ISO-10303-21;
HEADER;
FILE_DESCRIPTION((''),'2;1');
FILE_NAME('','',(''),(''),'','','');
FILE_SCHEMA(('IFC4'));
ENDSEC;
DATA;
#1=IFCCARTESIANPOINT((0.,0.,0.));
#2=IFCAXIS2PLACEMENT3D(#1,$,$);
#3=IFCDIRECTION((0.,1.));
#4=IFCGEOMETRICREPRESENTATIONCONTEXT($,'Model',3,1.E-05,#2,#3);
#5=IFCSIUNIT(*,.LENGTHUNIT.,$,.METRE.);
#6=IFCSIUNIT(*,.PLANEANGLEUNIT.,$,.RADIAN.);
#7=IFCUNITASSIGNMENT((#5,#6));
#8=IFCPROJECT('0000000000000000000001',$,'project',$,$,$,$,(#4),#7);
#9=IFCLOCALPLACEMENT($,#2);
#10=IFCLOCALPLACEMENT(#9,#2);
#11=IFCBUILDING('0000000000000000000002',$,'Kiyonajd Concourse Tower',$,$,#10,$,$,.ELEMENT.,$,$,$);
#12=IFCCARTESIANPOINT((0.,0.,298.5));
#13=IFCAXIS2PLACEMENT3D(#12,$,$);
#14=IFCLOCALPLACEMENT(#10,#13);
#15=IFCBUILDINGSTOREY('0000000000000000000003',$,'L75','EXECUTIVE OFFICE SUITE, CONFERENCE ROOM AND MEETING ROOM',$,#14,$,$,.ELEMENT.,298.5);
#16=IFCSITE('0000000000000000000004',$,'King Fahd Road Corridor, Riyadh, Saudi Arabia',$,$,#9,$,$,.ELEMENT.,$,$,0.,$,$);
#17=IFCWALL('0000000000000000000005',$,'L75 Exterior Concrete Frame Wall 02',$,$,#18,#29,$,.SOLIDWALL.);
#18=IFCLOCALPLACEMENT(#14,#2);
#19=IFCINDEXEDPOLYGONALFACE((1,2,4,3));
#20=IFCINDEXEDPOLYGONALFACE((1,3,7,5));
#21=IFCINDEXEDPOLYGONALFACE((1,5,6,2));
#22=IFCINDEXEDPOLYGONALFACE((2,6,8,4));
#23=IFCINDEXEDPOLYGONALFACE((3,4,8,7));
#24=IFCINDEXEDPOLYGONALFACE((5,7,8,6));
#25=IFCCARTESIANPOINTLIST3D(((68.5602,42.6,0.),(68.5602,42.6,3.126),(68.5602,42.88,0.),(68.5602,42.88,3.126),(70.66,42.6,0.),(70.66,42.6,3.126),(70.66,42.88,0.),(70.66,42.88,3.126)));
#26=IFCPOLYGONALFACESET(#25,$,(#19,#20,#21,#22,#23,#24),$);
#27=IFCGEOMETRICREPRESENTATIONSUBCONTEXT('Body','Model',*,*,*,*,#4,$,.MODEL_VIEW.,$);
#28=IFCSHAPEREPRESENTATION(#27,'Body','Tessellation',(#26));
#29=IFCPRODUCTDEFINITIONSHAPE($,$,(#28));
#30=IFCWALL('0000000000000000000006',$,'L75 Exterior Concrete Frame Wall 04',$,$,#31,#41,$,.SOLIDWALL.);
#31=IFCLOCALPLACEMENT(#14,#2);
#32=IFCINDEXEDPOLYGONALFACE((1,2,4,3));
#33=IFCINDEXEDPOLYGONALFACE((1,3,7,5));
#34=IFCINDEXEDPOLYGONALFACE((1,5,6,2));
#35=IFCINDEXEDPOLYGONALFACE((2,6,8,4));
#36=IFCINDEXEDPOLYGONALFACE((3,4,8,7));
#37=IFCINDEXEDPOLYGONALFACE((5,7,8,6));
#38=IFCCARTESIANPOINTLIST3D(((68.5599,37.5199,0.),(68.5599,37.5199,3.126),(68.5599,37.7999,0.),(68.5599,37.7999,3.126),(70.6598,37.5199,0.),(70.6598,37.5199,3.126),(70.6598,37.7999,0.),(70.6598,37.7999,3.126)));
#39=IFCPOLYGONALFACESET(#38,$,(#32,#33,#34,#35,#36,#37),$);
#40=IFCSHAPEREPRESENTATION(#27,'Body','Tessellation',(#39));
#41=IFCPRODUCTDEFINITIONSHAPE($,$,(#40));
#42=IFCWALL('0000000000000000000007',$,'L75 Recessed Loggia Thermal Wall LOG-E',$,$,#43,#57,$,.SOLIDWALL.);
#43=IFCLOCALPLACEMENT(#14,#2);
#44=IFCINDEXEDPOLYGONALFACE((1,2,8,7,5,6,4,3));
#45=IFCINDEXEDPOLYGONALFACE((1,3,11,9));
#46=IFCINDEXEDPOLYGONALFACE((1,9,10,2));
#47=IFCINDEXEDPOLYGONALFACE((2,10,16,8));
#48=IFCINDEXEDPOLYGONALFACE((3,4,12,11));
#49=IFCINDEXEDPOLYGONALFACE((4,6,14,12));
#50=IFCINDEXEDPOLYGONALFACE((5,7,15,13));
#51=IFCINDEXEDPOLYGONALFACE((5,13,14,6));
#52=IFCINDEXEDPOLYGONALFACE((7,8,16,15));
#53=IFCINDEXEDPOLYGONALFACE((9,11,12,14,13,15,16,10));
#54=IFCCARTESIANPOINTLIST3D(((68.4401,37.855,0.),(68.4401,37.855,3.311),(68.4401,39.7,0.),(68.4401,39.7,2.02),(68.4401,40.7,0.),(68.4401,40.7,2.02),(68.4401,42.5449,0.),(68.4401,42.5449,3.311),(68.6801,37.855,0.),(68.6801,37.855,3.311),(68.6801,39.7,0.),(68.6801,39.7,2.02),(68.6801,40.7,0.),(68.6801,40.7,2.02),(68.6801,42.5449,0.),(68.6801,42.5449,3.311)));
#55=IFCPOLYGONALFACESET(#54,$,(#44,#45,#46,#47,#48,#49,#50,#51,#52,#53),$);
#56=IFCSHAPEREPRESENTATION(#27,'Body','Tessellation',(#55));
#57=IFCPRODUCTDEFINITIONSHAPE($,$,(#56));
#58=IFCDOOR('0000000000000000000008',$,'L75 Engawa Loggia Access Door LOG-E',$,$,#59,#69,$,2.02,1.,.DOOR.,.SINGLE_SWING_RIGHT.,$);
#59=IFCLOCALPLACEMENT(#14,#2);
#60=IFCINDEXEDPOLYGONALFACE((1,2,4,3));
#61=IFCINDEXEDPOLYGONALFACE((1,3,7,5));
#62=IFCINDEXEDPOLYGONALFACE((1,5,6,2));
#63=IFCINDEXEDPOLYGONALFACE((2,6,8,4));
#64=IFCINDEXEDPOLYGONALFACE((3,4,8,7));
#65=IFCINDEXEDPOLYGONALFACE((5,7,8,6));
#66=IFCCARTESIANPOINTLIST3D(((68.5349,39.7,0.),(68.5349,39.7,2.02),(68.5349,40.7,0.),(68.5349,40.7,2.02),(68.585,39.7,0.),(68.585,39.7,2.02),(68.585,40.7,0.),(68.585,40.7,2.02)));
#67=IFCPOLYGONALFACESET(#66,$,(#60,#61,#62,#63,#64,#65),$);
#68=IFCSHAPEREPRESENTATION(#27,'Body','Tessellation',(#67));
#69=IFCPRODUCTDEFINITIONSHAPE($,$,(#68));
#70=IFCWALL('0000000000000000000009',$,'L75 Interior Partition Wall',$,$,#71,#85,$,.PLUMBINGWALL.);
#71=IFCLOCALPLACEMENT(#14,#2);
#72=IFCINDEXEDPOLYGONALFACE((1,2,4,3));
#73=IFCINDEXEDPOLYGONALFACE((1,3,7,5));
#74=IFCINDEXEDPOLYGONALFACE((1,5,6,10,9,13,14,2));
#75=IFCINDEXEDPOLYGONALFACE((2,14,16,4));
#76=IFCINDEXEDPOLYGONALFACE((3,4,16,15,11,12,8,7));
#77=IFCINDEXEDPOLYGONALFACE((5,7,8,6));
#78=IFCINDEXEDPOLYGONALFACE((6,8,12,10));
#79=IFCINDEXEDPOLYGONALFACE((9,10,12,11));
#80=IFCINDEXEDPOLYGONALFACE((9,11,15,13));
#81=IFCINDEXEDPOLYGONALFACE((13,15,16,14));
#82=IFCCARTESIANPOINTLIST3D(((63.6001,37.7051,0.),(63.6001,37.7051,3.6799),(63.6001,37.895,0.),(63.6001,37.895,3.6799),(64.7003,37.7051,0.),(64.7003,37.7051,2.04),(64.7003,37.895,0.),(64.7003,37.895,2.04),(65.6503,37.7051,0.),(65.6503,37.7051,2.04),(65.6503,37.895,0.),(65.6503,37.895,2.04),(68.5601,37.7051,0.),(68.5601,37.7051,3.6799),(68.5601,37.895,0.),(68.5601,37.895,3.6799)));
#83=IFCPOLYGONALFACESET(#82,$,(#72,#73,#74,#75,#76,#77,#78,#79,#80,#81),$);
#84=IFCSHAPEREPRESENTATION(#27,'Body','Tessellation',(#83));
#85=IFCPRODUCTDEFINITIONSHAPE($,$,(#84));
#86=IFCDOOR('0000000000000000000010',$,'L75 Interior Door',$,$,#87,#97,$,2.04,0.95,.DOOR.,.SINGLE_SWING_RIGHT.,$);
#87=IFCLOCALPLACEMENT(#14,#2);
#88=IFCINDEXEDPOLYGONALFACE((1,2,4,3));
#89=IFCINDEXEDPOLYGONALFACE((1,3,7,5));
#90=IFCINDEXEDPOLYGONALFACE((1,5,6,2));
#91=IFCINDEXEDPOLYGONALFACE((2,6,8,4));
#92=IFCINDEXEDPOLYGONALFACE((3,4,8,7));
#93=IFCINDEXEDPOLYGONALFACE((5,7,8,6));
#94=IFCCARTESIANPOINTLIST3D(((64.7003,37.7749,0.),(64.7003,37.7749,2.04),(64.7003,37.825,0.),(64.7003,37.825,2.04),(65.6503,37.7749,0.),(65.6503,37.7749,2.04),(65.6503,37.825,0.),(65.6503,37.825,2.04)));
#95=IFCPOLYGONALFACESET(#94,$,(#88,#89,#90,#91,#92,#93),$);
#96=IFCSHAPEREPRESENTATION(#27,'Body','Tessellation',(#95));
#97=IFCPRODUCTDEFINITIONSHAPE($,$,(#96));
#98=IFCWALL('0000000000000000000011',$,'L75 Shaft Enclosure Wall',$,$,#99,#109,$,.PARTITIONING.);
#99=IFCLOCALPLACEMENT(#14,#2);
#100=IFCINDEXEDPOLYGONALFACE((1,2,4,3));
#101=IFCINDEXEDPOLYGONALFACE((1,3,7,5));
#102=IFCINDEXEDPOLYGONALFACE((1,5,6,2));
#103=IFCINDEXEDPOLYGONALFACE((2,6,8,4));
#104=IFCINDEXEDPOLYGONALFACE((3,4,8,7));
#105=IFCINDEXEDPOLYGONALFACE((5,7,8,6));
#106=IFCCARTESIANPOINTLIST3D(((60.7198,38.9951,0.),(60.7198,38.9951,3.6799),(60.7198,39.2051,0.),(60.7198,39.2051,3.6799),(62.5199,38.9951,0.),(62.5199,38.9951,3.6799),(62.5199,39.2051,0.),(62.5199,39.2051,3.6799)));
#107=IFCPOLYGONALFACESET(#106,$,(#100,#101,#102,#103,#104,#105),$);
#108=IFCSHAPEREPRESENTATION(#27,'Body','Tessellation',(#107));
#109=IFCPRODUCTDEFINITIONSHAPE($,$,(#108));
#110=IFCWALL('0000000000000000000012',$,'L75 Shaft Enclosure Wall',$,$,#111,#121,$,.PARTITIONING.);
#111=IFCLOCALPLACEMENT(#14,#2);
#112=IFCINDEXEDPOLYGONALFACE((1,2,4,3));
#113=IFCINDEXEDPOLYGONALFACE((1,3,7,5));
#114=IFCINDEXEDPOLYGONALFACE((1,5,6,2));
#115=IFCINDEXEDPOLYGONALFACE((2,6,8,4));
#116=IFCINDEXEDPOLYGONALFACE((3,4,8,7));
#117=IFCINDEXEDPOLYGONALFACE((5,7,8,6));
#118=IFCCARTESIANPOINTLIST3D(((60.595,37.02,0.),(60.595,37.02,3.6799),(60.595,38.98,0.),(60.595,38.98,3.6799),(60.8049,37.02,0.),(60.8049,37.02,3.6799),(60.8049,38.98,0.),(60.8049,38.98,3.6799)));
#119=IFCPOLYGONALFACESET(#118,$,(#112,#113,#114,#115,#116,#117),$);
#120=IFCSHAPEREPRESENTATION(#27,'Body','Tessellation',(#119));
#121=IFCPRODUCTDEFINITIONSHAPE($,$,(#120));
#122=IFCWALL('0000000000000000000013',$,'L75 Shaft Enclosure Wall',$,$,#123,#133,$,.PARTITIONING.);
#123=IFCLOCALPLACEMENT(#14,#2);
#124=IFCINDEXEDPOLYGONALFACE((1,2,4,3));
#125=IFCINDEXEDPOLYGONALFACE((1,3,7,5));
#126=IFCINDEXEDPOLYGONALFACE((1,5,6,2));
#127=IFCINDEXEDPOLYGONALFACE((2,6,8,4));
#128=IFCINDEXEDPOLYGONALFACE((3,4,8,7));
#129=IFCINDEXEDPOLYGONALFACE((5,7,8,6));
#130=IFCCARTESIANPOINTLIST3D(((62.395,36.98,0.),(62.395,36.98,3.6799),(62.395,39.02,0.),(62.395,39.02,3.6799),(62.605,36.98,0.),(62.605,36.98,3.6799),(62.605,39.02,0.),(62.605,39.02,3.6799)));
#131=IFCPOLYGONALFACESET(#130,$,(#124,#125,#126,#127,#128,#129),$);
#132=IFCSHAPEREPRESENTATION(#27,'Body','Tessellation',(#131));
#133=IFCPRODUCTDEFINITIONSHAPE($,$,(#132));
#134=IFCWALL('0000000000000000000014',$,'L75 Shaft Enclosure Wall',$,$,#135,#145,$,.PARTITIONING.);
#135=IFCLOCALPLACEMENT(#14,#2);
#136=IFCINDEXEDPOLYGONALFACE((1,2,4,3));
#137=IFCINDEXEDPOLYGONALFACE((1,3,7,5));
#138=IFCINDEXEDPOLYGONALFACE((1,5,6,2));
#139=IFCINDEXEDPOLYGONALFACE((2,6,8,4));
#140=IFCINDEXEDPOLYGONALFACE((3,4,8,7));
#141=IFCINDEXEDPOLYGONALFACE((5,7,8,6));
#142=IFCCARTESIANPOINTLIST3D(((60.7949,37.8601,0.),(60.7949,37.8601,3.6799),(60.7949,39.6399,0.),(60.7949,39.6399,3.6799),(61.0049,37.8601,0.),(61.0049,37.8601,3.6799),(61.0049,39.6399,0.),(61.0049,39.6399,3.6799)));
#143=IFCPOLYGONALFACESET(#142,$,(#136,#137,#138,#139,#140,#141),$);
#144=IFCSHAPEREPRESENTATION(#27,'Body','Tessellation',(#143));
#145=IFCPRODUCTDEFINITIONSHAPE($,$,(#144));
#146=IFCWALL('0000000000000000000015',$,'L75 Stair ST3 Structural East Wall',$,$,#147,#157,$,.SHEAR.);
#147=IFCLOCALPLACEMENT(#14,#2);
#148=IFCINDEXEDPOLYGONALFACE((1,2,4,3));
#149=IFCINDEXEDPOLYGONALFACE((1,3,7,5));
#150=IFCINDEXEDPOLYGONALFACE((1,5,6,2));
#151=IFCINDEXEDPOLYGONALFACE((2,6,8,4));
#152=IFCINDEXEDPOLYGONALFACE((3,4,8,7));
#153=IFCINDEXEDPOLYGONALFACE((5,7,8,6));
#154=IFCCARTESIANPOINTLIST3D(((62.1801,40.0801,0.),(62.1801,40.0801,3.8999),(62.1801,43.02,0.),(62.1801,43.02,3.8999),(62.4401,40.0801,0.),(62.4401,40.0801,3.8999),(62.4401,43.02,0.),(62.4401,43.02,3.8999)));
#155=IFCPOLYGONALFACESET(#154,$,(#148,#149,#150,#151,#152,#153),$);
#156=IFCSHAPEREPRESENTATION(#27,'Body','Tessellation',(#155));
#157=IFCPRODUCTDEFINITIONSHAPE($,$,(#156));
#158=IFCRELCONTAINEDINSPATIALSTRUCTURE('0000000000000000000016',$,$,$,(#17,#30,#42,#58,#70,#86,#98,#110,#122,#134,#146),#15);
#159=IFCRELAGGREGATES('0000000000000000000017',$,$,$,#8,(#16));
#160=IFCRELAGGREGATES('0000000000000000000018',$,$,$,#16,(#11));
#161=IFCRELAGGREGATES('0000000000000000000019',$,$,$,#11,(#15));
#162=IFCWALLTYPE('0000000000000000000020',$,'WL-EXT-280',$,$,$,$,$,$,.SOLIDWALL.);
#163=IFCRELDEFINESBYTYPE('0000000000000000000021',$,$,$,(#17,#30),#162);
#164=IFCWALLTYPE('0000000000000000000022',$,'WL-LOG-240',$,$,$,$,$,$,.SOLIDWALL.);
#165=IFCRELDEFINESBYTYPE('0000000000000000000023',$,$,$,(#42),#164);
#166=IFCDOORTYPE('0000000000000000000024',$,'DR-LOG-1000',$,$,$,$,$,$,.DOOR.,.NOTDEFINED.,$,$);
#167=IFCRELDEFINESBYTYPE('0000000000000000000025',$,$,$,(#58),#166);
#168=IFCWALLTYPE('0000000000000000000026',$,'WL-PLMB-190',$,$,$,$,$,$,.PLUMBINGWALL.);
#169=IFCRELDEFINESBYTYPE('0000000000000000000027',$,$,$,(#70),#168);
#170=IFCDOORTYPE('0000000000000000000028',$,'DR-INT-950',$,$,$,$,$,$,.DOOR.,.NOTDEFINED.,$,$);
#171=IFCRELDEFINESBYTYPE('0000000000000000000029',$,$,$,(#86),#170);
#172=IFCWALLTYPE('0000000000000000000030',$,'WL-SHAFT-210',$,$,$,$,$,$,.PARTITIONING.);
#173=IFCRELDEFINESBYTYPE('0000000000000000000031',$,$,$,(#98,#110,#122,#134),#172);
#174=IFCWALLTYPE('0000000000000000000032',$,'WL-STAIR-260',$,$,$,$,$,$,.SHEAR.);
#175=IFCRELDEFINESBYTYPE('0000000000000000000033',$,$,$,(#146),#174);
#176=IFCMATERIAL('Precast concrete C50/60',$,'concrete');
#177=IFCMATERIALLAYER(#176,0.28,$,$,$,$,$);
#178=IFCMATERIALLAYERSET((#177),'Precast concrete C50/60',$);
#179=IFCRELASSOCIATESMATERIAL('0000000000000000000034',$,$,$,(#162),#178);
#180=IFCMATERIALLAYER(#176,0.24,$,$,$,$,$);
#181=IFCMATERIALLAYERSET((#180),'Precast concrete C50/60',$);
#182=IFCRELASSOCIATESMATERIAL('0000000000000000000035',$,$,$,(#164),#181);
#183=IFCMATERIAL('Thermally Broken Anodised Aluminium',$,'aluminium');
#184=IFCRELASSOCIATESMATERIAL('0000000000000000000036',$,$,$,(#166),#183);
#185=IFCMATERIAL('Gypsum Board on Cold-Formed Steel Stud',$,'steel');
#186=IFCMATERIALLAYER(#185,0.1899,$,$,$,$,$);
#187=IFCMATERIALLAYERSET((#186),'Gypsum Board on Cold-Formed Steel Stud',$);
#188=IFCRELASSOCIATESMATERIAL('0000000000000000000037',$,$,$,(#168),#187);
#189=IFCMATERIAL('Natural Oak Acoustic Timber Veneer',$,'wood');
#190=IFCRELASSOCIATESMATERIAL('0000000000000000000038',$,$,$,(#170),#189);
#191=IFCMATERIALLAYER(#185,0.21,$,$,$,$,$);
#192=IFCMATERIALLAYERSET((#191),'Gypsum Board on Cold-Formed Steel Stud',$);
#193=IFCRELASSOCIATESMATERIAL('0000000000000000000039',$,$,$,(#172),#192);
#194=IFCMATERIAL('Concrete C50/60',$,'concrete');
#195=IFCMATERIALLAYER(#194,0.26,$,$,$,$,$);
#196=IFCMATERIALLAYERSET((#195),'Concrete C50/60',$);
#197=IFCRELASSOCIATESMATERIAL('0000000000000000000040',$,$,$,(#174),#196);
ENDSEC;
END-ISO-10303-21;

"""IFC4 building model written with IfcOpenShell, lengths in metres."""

from ifc_helpers import new_model, si_unit, direction, frame, frame_2d, origin, place, context, subcontext, project, spatial, rectangle, extrude, material, layer, layer_set, type_object, element, fill, save


model = new_model("IFC4")

# Units and contexts
model_context = context("Model", 3, precision=1e-05, world=origin(), true_north=direction((0.0, 1.0)))
body_context = subcontext(model_context, "Body", "Model", "MODEL_VIEW")
ifc_project = project(units=[si_unit("LENGTHUNIT", "METRE"), si_unit("PLANEANGLEUNIT", "RADIAN")], contexts=[model_context])

# Site, building, storey
site_placement = place(None, origin())
site = spatial("IfcSite", under=ifc_project, at=site_placement, Name="King Fahd Road Corridor, Riyadh, Saudi Arabia", CompositionType="ELEMENT", RefElevation=0.0)
building_placement = place(site_placement, origin())
building = spatial("IfcBuilding", under=site, at=building_placement, Name="Kiyonajd Concourse Tower", CompositionType="ELEMENT")
storey_placement = place(building_placement, frame((0.0, 0.0, 298.5)))
storey = spatial("IfcBuildingStorey", under=building, at=storey_placement, Name="L75", Description="EXECUTIVE OFFICE SUITE, CONFERENCE ROOM AND MEETING ROOM", CompositionType="ELEMENT", Elevation=298.5)

# Shared definitions
ifc_material_1 = material(Name="Thermally Broken Anodised Aluminium", Category="aluminium")

# Walls
ifc_material_2 = material(Name="Precast concrete C50/60", Category="concrete")
ifc_layer_1 = layer(ifc_material_2, 0.28)
ifc_layer_set_1 = layer_set([ifc_layer_1], Name="Precast concrete C50/60")
wall_type_1 = type_object("IfcWallType", Name="WL-EXT-280", PredefinedType="SOLIDWALL", material=ifc_layer_set_1)
for number, where, z_axis, x_axis, name in (
    (1, (70.6599, 42.74, 0.0), (0.0, 0.0, 1.0), (-1.0, 0.0, 0.0), "L75 Exterior Concrete Frame Wall 02"),
    (2, (68.5601, 37.6599, 0.0), (0.0, 0.0, 1.0), (1.0, 0.0, 0.0), "L75 Exterior Concrete Frame Wall 04"),
):
    element("IfcWall", number, at=place(storey_placement, frame(where, z_axis=z_axis, x_axis=x_axis)), inside=storey, type_object=wall_type_1, Name=name, PredefinedType="SOLIDWALL", context=body_context, shape_type="SweptSolid", body=[
        extrude(rectangle(XDim=2.0999, YDim=0.28, at=frame_2d((1.0498, 0.0))), origin(), (0.0, 0.0, 1.0), 3.126),
    ])

# Walls, openings, doors
ifc_layer_2 = layer(ifc_material_2, 0.24)
ifc_layer_set_2 = layer_set([ifc_layer_2], Name="Precast concrete C50/60")
wall_type_2 = type_object("IfcWallType", Name="WL-LOG-240", PredefinedType="SOLIDWALL", material=ifc_layer_set_2)
wall_1_placement = place(storey_placement, frame((68.5601, 42.5449, 0.0), z_axis=(0.0, 0.0, 1.0), x_axis=(0.0, -1.0, 0.0)))
wall_1 = element("IfcWall", 3, at=wall_1_placement, inside=storey, type_object=wall_type_2, Name="L75 Recessed Loggia Thermal Wall LOG-E", PredefinedType="SOLIDWALL", context=body_context, shape_type="SweptSolid", body=[
    extrude(rectangle(XDim=4.6899, YDim=0.24, at=frame_2d((2.345, 0.0))), origin(), (0.0, 0.0, 1.0), 3.311),
])
opening_1_placement = place(wall_1_placement, frame((1.845, 0.0, 0.0)))
opening_1 = element("IfcOpeningElement", 4, at=opening_1_placement, cuts=wall_1, PredefinedType="OPENING", context=body_context, shape_type="SweptSolid", body=[
    extrude(rectangle(XDim=1.0, YDim=2.02, at=frame_2d((0.5, 1.01))), frame((0.0, 0.1299, 0.0), z_axis=(0.0, -1.0, 0.0), x_axis=(1.0, 0.0, 0.0)), (0.0, 0.0, 1.0), 0.26),
])
door_type_1 = type_object("IfcDoorType", Name="DR-LOG-1000", OperationType="NOTDEFINED", PredefinedType="DOOR", material=ifc_material_1)
door_1_placement = place(opening_1_placement, origin())
door_1 = element("IfcDoor", 5, at=door_1_placement, inside=storey, type_object=door_type_1, Name="L75 Engawa Loggia Access Door LOG-E", OperationType="SINGLE_SWING_RIGHT", OverallHeight=2.02, OverallWidth=1.0, PredefinedType="DOOR", context=body_context, shape_type="SweptSolid", body=[
    extrude(rectangle(XDim=1.0, YDim=2.02, at=frame_2d((0.5, 1.01))), frame((0.0, 0.0249, 0.0), z_axis=(0.0, -1.0, 0.0), x_axis=(1.0, 0.0, 0.0)), (0.0, 0.0, 1.0), 0.05),
])
fill(opening_1, door_1)
ifc_material_3 = material(Name="Gypsum Board on Cold-Formed Steel Stud", Category="steel")
ifc_layer_3 = layer(ifc_material_3, 0.1899)
ifc_layer_set_3 = layer_set([ifc_layer_3], Name="Gypsum Board on Cold-Formed Steel Stud")
wall_type_3 = type_object("IfcWallType", Name="WL-PLMB-190", PredefinedType="PLUMBINGWALL", material=ifc_layer_set_3)
wall_2_placement = place(storey_placement, frame((63.6001, 37.8, 0.0), z_axis=(0.0, 0.0, 1.0), x_axis=(1.0, 0.0, 0.0)))
wall_2 = element("IfcWall", 6, at=wall_2_placement, inside=storey, type_object=wall_type_3, Name="L75 Interior Partition Wall", PredefinedType="PLUMBINGWALL", context=body_context, shape_type="SweptSolid", body=[
    extrude(rectangle(XDim=4.96, YDim=0.1899, at=frame_2d((2.48, 0.0))), origin(), (0.0, 0.0, 1.0), 3.6799),
])
opening_2_placement = place(wall_2_placement, frame((1.1001, 0.0, 0.0)))
opening_2 = element("IfcOpeningElement", 7, at=opening_2_placement, cuts=wall_2, PredefinedType="OPENING", context=body_context, shape_type="SweptSolid", body=[
    extrude(rectangle(XDim=0.95, YDim=2.04, at=frame_2d((0.4751, 1.02))), frame((0.0, 0.105, 0.0), z_axis=(0.0, -1.0, 0.0), x_axis=(1.0, 0.0, 0.0)), (0.0, 0.0, 1.0), 0.21),
])
ifc_material_4 = material(Name="Natural Oak Acoustic Timber Veneer", Category="wood")
door_type_2 = type_object("IfcDoorType", Name="DR-INT-950", OperationType="NOTDEFINED", PredefinedType="DOOR", material=ifc_material_4)
door_2_placement = place(opening_2_placement, origin())
door_2 = element("IfcDoor", 8, at=door_2_placement, inside=storey, type_object=door_type_2, Name="L75 Interior Door", OperationType="SINGLE_SWING_RIGHT", OverallHeight=2.04, OverallWidth=0.95, PredefinedType="DOOR", context=body_context, shape_type="SweptSolid", body=[
    extrude(rectangle(XDim=0.95, YDim=2.04, at=frame_2d((0.4751, 1.02))), frame((0.0, 0.0249, 0.0), z_axis=(0.0, -1.0, 0.0), x_axis=(1.0, 0.0, 0.0)), (0.0, 0.0, 1.0), 0.05),
])
fill(opening_2, door_2)

# Walls
ifc_layer_4 = layer(ifc_material_3, 0.21)
ifc_layer_set_4 = layer_set([ifc_layer_4], Name="Gypsum Board on Cold-Formed Steel Stud")
wall_type_4 = type_object("IfcWallType", Name="WL-SHAFT-210", PredefinedType="PARTITIONING", material=ifc_layer_set_4)
wall_3_placement = place(storey_placement, frame((60.72, 39.1001, 0.0), z_axis=(0.0, 0.0, 1.0), x_axis=(1.0, 0.0, 0.0)))
element("IfcWall", 9, at=wall_3_placement, inside=storey, type_object=wall_type_4, Name="L75 Shaft Enclosure Wall", PredefinedType="PARTITIONING", context=body_context, shape_type="SweptSolid", body=[
    extrude(rectangle(XDim=1.8, YDim=0.21, at=frame_2d((0.8999, 0.0))), origin(), (0.0, 0.0, 1.0), 3.6799),
])
wall_4_placement = place(storey_placement, frame((60.7, 37.02, 0.0), z_axis=(0.0, 0.0, 1.0), x_axis=(0.0, 1.0, 0.0)))
element("IfcWall", 10, at=wall_4_placement, inside=storey, type_object=wall_type_4, Name="L75 Shaft Enclosure Wall", PredefinedType="PARTITIONING", context=body_context, shape_type="SweptSolid", body=[
    extrude(rectangle(XDim=1.96, YDim=0.21, at=frame_2d((0.98, 0.0))), origin(), (0.0, 0.0, 1.0), 3.6799),
])
wall_5_placement = place(storey_placement, frame((62.5, 36.98, 0.0), z_axis=(0.0, 0.0, 1.0), x_axis=(0.0, 1.0, 0.0)))
element("IfcWall", 11, at=wall_5_placement, inside=storey, type_object=wall_type_4, Name="L75 Shaft Enclosure Wall", PredefinedType="PARTITIONING", context=body_context, shape_type="SweptSolid", body=[
    extrude(rectangle(XDim=2.04, YDim=0.21, at=frame_2d((1.02, 0.0))), origin(), (0.0, 0.0, 1.0), 3.6799),
])
wall_6_placement = place(storey_placement, frame((60.8999, 37.8601, 0.0), z_axis=(0.0, 0.0, 1.0), x_axis=(0.0, 1.0, 0.0)))
element("IfcWall", 12, at=wall_6_placement, inside=storey, type_object=wall_type_4, Name="L75 Shaft Enclosure Wall", PredefinedType="PARTITIONING", context=body_context, shape_type="SweptSolid", body=[
    extrude(rectangle(XDim=1.7798, YDim=0.21, at=frame_2d((0.8899, 0.0))), origin(), (0.0, 0.0, 1.0), 3.6799),
])
ifc_material_5 = material(Name="Concrete C50/60", Category="concrete")
ifc_layer_5 = layer(ifc_material_5, 0.26)
ifc_layer_set_5 = layer_set([ifc_layer_5], Name="Concrete C50/60")
wall_type_5 = type_object("IfcWallType", Name="WL-STAIR-260", PredefinedType="SHEAR", material=ifc_layer_set_5)
wall_7_placement = place(storey_placement, frame((62.3101, 40.0801, 0.0), z_axis=(0.0, 0.0, 1.0), x_axis=(0.0, 1.0, 0.0)))
element("IfcWall", 13, at=wall_7_placement, inside=storey, type_object=wall_type_5, Name="L75 Stair ST3 Structural East Wall", PredefinedType="SHEAR", context=body_context, shape_type="SweptSolid", body=[
    extrude(rectangle(XDim=2.9399, YDim=0.26, at=frame_2d((1.47, 0.0))), origin(), (0.0, 0.0, 1.0), 3.8999),
])

save(model, "model.ifc")
